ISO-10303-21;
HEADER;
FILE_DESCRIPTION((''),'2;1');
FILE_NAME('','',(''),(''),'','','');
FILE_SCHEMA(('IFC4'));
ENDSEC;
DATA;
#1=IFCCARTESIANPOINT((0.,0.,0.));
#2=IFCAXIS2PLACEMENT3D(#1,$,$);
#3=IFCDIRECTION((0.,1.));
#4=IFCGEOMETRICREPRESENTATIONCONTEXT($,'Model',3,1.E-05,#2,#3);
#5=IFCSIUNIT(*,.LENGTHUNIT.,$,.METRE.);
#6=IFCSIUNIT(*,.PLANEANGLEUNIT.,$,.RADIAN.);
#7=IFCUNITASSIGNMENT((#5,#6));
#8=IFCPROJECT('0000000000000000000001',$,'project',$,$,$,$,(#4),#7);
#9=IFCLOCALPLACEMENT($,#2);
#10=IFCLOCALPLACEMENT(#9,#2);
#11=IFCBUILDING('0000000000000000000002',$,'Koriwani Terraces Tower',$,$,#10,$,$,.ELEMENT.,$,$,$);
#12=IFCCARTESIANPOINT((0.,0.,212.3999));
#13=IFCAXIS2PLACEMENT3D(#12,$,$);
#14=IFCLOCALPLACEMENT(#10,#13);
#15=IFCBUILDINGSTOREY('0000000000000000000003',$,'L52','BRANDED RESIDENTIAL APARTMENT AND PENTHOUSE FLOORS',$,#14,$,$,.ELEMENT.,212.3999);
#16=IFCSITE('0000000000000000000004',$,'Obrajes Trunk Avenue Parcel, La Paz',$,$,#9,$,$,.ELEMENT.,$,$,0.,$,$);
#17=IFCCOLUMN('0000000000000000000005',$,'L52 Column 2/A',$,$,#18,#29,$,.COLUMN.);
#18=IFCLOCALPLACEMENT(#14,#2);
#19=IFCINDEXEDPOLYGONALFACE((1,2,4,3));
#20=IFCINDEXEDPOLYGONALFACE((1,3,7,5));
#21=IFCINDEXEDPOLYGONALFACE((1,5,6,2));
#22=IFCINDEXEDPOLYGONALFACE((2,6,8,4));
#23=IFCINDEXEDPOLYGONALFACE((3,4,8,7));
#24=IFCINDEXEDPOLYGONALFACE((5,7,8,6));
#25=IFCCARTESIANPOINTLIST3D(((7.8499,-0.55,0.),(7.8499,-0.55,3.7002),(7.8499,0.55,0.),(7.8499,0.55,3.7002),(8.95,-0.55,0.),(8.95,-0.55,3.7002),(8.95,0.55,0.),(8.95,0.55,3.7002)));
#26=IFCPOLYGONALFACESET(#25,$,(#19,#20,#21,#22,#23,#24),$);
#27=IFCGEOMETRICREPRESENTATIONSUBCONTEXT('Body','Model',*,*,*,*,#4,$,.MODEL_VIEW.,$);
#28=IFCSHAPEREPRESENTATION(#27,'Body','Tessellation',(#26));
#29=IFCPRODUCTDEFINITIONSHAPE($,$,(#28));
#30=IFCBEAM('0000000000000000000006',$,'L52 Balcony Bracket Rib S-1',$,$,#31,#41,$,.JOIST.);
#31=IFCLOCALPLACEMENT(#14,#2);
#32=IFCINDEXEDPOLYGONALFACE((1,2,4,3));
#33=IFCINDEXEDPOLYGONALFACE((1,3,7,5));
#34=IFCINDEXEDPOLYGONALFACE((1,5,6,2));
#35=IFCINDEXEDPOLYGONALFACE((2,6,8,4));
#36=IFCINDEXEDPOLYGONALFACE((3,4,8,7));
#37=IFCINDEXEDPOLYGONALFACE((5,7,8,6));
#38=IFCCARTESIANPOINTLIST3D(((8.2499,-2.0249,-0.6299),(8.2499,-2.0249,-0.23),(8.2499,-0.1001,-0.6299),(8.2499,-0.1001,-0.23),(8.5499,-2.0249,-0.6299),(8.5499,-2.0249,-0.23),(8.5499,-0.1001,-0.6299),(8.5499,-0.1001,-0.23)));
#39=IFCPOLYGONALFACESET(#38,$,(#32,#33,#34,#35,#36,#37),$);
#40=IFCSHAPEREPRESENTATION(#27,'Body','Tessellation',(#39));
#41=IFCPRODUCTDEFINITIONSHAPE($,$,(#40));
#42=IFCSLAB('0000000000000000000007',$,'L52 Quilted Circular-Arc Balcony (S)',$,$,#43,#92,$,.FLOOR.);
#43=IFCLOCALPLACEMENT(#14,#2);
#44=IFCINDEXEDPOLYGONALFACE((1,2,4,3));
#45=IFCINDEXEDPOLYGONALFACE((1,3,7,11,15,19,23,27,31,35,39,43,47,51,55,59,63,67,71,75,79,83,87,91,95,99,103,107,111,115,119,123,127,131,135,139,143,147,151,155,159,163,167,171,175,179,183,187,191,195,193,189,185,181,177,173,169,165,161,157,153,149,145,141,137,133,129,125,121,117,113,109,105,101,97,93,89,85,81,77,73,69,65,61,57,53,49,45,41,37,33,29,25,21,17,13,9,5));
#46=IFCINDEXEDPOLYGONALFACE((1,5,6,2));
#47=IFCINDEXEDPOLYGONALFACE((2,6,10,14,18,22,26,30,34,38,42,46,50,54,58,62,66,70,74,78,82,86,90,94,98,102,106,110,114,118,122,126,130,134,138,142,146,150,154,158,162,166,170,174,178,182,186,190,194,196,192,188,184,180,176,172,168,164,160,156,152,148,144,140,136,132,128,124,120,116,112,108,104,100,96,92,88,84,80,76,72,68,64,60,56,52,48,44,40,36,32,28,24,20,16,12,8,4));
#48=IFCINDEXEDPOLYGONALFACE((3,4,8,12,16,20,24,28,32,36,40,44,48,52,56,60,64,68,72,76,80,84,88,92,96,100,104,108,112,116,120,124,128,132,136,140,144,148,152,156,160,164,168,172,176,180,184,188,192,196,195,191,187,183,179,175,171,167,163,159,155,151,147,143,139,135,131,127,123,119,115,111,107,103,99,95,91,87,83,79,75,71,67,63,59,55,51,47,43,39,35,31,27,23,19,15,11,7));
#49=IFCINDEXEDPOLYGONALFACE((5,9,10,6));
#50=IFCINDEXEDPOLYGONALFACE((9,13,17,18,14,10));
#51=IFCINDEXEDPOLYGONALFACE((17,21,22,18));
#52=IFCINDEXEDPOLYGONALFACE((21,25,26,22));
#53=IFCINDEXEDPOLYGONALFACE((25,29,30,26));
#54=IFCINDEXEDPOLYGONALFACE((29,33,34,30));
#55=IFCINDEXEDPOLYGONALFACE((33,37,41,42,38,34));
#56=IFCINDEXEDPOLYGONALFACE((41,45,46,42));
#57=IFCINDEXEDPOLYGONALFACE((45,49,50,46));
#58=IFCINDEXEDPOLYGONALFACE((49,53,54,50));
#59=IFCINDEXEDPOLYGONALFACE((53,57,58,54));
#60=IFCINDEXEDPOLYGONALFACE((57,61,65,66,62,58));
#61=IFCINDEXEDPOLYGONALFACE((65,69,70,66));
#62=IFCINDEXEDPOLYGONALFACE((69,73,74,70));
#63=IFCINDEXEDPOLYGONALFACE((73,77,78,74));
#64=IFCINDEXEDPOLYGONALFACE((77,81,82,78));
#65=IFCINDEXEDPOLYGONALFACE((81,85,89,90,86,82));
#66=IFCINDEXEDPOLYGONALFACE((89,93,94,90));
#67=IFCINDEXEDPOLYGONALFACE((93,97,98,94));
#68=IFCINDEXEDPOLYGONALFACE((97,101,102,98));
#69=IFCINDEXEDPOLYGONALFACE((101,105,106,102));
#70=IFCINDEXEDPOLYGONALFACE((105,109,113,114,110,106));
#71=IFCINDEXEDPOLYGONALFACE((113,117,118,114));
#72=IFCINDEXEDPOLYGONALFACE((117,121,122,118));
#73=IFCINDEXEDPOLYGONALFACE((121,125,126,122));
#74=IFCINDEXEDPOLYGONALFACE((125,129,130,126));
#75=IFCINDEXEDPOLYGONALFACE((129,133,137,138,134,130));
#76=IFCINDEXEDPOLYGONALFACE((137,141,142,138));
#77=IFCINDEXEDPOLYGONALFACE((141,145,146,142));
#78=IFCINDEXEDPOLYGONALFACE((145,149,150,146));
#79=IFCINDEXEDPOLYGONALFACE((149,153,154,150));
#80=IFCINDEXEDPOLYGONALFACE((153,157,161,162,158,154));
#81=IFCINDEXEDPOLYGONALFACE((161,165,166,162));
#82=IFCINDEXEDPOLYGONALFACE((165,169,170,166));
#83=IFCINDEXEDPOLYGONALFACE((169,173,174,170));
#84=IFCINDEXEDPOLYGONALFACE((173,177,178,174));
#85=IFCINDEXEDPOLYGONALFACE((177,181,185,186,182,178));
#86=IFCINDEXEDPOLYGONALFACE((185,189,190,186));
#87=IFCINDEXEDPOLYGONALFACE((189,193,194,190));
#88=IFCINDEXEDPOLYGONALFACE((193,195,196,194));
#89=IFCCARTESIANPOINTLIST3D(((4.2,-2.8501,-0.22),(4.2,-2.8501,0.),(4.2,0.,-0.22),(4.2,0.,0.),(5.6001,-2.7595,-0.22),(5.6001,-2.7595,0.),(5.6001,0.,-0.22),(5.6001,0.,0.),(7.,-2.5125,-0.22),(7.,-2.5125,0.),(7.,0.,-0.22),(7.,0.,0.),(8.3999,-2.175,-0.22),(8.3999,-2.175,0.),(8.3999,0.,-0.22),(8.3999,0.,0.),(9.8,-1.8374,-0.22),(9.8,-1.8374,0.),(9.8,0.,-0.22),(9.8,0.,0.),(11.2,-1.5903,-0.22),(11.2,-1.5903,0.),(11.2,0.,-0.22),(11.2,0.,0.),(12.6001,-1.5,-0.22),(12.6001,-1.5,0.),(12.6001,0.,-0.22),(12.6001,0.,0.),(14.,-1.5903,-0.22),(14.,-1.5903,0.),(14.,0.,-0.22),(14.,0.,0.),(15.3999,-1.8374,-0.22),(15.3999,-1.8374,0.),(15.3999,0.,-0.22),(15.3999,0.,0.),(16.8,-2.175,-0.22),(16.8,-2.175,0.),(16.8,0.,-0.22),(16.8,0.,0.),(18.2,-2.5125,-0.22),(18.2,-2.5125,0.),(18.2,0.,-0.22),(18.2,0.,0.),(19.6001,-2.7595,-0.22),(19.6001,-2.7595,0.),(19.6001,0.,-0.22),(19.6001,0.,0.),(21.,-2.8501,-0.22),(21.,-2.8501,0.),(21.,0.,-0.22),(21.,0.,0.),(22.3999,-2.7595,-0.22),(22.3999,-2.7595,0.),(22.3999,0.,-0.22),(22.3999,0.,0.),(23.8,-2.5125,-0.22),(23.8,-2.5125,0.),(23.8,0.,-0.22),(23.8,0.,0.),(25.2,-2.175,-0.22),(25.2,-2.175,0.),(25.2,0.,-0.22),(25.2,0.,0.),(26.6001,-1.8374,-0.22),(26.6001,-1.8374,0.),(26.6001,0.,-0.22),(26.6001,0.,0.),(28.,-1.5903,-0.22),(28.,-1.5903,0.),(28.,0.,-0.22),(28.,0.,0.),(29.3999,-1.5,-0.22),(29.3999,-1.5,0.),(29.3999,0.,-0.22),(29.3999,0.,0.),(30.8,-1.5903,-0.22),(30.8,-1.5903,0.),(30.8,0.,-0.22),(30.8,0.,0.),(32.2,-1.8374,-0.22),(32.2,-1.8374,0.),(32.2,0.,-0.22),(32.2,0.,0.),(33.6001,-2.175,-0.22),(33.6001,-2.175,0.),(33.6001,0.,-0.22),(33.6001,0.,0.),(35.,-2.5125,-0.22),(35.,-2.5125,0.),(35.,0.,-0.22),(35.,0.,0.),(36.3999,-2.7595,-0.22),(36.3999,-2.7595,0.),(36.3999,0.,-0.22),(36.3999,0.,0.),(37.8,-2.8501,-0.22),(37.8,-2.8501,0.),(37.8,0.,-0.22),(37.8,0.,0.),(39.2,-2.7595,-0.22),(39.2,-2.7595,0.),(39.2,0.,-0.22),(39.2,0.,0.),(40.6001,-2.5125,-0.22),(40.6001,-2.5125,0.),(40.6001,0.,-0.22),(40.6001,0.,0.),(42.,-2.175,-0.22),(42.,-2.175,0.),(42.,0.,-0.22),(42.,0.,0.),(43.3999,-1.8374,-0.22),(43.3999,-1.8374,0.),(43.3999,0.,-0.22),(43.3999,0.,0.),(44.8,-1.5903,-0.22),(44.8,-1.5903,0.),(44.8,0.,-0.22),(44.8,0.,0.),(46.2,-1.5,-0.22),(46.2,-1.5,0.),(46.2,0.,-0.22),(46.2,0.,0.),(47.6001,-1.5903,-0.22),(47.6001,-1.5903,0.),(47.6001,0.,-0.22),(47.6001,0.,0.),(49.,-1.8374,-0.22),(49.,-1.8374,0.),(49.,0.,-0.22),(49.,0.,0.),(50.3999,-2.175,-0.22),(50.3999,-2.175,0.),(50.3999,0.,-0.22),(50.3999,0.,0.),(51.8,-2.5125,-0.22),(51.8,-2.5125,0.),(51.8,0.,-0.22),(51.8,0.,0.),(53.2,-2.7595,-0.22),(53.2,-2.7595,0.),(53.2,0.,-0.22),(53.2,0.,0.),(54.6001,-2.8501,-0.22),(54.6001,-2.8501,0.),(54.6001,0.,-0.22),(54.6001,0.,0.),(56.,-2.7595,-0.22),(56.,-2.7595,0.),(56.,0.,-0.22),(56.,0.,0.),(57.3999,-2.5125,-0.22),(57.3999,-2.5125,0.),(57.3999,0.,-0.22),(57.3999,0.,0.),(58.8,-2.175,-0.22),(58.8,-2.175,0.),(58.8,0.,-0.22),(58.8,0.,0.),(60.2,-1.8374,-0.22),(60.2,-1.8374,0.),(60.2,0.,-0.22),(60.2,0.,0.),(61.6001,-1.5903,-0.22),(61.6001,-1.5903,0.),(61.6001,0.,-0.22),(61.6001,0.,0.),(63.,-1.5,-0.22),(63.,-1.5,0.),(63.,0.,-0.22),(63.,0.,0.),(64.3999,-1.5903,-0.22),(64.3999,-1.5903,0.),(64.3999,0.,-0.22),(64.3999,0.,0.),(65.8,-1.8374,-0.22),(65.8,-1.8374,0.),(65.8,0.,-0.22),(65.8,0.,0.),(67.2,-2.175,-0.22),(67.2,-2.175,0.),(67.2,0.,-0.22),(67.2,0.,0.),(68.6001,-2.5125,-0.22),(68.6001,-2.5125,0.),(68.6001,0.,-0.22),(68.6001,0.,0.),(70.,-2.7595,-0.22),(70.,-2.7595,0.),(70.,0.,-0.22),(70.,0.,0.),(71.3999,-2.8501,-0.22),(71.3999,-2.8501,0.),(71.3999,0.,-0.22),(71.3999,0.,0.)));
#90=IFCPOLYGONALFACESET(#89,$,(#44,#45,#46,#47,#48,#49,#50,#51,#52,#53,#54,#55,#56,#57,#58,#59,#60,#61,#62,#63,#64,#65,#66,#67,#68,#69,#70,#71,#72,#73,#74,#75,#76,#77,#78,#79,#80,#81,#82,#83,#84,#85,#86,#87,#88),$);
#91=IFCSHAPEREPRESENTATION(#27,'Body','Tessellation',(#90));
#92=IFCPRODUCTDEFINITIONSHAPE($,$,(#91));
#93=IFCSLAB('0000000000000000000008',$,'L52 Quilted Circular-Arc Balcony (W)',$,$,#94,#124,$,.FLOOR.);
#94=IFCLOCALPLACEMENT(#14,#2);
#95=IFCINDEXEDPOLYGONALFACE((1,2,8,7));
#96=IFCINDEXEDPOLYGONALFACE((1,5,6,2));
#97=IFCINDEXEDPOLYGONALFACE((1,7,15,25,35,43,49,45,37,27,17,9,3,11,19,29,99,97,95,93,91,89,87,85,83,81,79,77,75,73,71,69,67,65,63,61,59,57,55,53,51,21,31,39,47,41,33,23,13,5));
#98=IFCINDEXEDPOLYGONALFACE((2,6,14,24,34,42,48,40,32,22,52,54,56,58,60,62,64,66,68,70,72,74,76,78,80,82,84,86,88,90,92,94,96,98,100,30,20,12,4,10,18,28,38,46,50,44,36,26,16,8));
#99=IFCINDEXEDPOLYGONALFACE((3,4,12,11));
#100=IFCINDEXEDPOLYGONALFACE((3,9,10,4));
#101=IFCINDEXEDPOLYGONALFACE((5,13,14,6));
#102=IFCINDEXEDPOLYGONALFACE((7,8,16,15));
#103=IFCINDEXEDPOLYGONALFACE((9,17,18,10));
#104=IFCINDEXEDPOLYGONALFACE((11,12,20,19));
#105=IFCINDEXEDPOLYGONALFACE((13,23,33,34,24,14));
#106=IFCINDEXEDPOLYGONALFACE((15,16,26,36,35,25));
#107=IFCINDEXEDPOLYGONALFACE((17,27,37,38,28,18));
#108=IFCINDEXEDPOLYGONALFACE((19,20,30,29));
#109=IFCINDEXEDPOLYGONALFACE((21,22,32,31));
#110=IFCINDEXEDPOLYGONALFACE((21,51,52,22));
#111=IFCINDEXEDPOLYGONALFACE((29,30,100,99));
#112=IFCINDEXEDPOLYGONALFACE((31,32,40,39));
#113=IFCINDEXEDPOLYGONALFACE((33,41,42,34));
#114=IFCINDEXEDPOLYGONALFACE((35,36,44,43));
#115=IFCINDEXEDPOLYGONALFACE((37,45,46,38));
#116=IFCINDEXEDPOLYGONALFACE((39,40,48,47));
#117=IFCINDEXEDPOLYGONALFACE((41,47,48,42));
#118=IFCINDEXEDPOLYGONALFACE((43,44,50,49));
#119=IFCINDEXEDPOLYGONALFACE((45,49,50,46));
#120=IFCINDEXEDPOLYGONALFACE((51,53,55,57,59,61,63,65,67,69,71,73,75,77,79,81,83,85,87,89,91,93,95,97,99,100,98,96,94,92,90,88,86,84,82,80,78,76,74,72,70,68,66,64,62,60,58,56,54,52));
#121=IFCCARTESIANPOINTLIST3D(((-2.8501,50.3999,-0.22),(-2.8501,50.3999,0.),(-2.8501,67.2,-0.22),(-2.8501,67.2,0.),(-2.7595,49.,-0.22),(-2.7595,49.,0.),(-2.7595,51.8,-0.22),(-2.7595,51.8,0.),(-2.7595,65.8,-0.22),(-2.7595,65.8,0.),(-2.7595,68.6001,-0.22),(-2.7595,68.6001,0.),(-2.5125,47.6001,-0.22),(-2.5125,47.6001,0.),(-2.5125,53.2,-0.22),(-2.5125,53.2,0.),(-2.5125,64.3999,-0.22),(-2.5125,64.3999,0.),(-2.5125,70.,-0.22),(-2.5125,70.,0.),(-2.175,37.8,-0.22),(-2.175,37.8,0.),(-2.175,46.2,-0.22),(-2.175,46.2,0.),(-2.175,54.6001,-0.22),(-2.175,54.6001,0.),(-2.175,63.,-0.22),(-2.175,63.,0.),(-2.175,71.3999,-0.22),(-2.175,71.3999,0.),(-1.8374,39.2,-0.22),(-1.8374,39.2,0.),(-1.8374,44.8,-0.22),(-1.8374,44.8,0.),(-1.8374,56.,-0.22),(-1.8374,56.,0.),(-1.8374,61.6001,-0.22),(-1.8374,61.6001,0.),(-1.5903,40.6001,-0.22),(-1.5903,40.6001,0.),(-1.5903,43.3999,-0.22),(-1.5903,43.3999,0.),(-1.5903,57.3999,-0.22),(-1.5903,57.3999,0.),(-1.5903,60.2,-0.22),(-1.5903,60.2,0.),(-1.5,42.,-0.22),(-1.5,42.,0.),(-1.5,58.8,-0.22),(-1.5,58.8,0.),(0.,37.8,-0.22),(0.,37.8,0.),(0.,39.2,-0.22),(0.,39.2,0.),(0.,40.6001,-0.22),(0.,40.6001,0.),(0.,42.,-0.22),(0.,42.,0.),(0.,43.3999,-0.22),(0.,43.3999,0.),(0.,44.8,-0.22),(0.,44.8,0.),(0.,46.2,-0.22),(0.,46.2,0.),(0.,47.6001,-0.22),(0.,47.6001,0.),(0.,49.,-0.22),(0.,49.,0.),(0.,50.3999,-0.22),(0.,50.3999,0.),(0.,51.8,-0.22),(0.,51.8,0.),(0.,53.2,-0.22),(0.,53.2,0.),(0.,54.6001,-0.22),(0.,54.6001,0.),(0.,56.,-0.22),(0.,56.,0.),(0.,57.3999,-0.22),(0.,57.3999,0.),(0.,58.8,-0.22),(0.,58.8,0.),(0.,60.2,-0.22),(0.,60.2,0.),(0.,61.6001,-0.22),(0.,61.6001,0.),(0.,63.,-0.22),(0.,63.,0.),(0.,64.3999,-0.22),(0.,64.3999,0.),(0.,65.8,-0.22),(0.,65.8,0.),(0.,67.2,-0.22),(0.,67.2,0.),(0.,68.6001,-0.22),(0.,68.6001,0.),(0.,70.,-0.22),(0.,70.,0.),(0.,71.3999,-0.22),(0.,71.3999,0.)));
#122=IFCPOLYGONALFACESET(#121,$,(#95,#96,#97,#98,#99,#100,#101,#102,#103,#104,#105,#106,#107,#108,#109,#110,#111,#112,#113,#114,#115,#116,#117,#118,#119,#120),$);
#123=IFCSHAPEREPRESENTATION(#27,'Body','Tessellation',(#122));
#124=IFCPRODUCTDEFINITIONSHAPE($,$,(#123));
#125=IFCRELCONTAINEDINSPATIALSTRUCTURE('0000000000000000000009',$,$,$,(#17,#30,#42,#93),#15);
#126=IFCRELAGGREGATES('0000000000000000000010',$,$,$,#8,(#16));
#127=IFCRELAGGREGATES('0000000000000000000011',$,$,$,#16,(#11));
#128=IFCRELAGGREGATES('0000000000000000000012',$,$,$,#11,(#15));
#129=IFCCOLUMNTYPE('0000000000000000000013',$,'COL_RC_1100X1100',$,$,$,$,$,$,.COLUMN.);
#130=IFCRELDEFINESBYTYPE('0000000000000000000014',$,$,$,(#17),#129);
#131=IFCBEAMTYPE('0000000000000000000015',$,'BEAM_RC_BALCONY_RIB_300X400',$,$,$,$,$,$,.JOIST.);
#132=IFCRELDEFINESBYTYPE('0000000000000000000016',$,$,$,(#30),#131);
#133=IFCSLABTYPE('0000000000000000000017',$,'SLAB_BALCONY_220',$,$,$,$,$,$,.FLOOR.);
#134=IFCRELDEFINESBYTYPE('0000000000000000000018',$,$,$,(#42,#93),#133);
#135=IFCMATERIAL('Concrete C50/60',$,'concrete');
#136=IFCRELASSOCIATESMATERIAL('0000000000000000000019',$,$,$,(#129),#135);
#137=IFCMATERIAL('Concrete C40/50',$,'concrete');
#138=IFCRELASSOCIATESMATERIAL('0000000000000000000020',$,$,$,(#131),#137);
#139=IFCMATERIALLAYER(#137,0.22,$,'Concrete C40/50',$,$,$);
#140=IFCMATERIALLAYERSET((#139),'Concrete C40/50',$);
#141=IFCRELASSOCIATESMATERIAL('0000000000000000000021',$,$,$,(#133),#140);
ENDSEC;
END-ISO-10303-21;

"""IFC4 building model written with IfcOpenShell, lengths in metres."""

from ifc_helpers import new_model, si_unit, direction, frame, origin, origin_2d, place, context, subcontext, project, spatial, polyline, rectangle, outline, extrude, material, layer, layer_set, material_profile, profile_set, type_object, element, save


model = new_model("IFC4")

# Units and contexts
model_context = context("Model", 3, precision=1e-05, world=origin(), true_north=direction((0.0, 1.0)))
body_context = subcontext(model_context, "Body", "Model", "MODEL_VIEW")
ifc_project = project(units=[si_unit("LENGTHUNIT", "METRE"), si_unit("PLANEANGLEUNIT", "RADIAN")], contexts=[model_context])

# Site, building, storey
site_placement = place(None, origin())
site = spatial("IfcSite", under=ifc_project, at=site_placement, Name="Obrajes Trunk Avenue Parcel, La Paz", CompositionType="ELEMENT", RefElevation=0.0)
building_placement = place(site_placement, origin())
building = spatial("IfcBuilding", under=site, at=building_placement, Name="Koriwani Terraces Tower", CompositionType="ELEMENT")
storey_placement = place(building_placement, frame((0.0, 0.0, 212.3999)))
storey = spatial("IfcBuildingStorey", under=building, at=storey_placement, Name="L52", Description="BRANDED RESIDENTIAL APARTMENT AND PENTHOUSE FLOORS", CompositionType="ELEMENT", Elevation=212.3999)

# Column
ifc_material_1 = material(Name="Concrete C50/60", Category="concrete")
ifc_material_profile_1 = material_profile(ifc_material_1, rectangle(XDim=1.1001, YDim=1.1001, at=origin_2d()), Name="Concrete C50/60", Category="LoadBearing")
ifc_profile_set_1 = profile_set([ifc_material_profile_1], Name="Concrete C50/60")
column_type = type_object("IfcColumnType", Name="COL_RC_1100X1100", PredefinedType="COLUMN", material=ifc_profile_set_1)
column_placement = place(storey_placement, frame((8.3999, 0.0, 0.0), z_axis=(0.0, 0.0, 1.0), x_axis=(1.0, 0.0, 0.0)))
element("IfcColumn", 1, at=column_placement, inside=storey, type_object=column_type, Name="L52 Column 2/A", PredefinedType="COLUMN", context=body_context, shape_type="SweptSolid", body=[
    extrude(rectangle(XDim=1.1001, YDim=1.1001, at=origin_2d()), origin(), (0.0, 0.0, 1.0), 3.7002),
])

# Beam
ifc_material_2 = material(Name="Concrete C40/50", Category="concrete")
ifc_material_profile_2 = material_profile(ifc_material_2, rectangle(XDim=0.3, YDim=0.3999, at=origin_2d()), Name="Concrete C40/50", Category="LoadBearing")
ifc_profile_set_2 = profile_set([ifc_material_profile_2], Name="Concrete C40/50")
beam_type = type_object("IfcBeamType", Name="BEAM_RC_BALCONY_RIB_300X400", PredefinedType="JOIST", material=ifc_profile_set_2)
beam_placement = place(storey_placement, frame((8.3999, -2.0249, -0.4299), z_axis=(0.0, 1.0, 0.0), x_axis=(-1.0, 0.0, 0.0)))
element("IfcBeam", 2, at=beam_placement, inside=storey, type_object=beam_type, Name="L52 Balcony Bracket Rib S-1", PredefinedType="JOIST", context=body_context, shape_type="SweptSolid", body=[
    extrude(rectangle(XDim=0.3, YDim=0.3999, at=origin_2d()), origin(), (0.0, 0.0, 1.0), 1.9248),
])

# Slabs
ifc_layer_1 = layer(ifc_material_2, 0.22, Name="Concrete C40/50")
ifc_layer_set_1 = layer_set([ifc_layer_1], Name="Concrete C40/50")
slab_type_1 = type_object("IfcSlabType", Name="SLAB_BALCONY_220", PredefinedType="FLOOR", material=ifc_layer_set_1)
slab_1_placement = place(storey_placement, frame((0.0, 0.0, -0.22)))
element("IfcSlab", 3, at=slab_1_placement, inside=storey, type_object=slab_type_1, Name="L52 Quilted Circular-Arc Balcony (S)", PredefinedType="FLOOR", context=body_context, shape_type="SweptSolid", body=[
    extrude(outline(polyline([(4.2, 0.0), (5.6001, 0.0), (7.0, 0.0), (8.3999, 0.0), (9.8, 0.0), (11.2, 0.0), (12.6001, 0.0), (14.0, 0.0), (15.3999, 0.0), (16.8, 0.0), (18.2, 0.0), (19.6001, 0.0), (21.0, 0.0), (22.3999, 0.0), (23.8, 0.0), (25.2, 0.0), (26.6001, 0.0), (28.0, 0.0), (29.3999, 0.0), (30.8, 0.0), (32.2, 0.0), (33.6001, 0.0), (35.0, 0.0), (36.3999, 0.0), (37.8, 0.0), (39.2, 0.0), (40.6001, 0.0), (42.0, 0.0), (43.3999, 0.0), (44.8, 0.0), (46.2, 0.0), (47.6001, 0.0), (49.0, 0.0), (50.3999, 0.0), (51.8, 0.0), (53.2, 0.0), (54.6001, 0.0), (56.0, 0.0), (57.3999, 0.0), (58.8, 0.0), (60.2, 0.0), (61.6001, 0.0), (63.0, 0.0), (64.3999, 0.0), (65.8, 0.0), (67.2, 0.0), (68.6001, 0.0), (70.0, 0.0), (71.3999, 0.0), (71.3999, -2.8501), (70.0, -2.7595), (68.6001, -2.5125), (67.2, -2.175), (65.8, -1.8374), (64.3999, -1.5903), (63.0, -1.5), (61.6001, -1.5903), (60.2, -1.8374), (58.8, -2.175), (57.3999, -2.5125), (56.0, -2.7595), (54.6001, -2.8501), (53.2, -2.7595), (51.8, -2.5125), (50.3999, -2.175), (49.0, -1.8374), (47.6001, -1.5903), (46.2, -1.5), (44.8, -1.5903), (43.3999, -1.8374), (42.0, -2.175), (40.6001, -2.5125), (39.2, -2.7595), (37.8, -2.8501), (36.3999, -2.7595), (35.0, -2.5125), (33.6001, -2.175), (32.2, -1.8374), (30.8, -1.5903), (29.3999, -1.5), (28.0, -1.5903), (26.6001, -1.8374), (25.2, -2.175), (23.8, -2.5125), (22.3999, -2.7595), (21.0, -2.8501), (19.6001, -2.7595), (18.2, -2.5125), (16.8, -2.175), (15.3999, -1.8374), (14.0, -1.5903), (12.6001, -1.5), (11.2, -1.5903), (9.8, -1.8374), (8.3999, -2.175), (7.0, -2.5125), (5.6001, -2.7595), (4.2, -2.8501), (4.2, 0.0)])), origin(), (0.0, 0.0, 1.0), 0.22),
])
slab_2_placement = place(storey_placement, frame((0.0, 0.0, -0.22)))
element("IfcSlab", 4, at=slab_2_placement, inside=storey, type_object=slab_type_1, Name="L52 Quilted Circular-Arc Balcony (W)", PredefinedType="FLOOR", context=body_context, shape_type="SweptSolid", body=[
    extrude(outline(polyline([(0.0, 37.8), (0.0, 39.2), (0.0, 40.6001), (0.0, 42.0), (0.0, 43.3999), (0.0, 44.8), (0.0, 46.2), (0.0, 47.6001), (0.0, 49.0), (0.0, 50.3999), (0.0, 51.8), (0.0, 53.2), (0.0, 54.6001), (0.0, 56.0), (0.0, 57.3999), (0.0, 58.8), (0.0, 60.2), (0.0, 61.6001), (0.0, 63.0), (0.0, 64.3999), (0.0, 65.8), (0.0, 67.2), (0.0, 68.6001), (0.0, 70.0), (0.0, 71.3999), (-2.175, 71.3999), (-2.5125, 70.0), (-2.7595, 68.6001), (-2.8501, 67.2), (-2.7595, 65.8), (-2.5125, 64.3999), (-2.175, 63.0), (-1.8374, 61.6001), (-1.5903, 60.2), (-1.5, 58.8), (-1.5903, 57.3999), (-1.8374, 56.0), (-2.175, 54.6001), (-2.5125, 53.2), (-2.7595, 51.8), (-2.8501, 50.3999), (-2.7595, 49.0), (-2.5125, 47.6001), (-2.175, 46.2), (-1.8374, 44.8), (-1.5903, 43.3999), (-1.5, 42.0), (-1.5903, 40.6001), (-1.8374, 39.2), (-2.175, 37.8), (0.0, 37.8)])), origin(), (0.0, 0.0, 1.0), 0.22),
])

save(model, "model.ifc")
